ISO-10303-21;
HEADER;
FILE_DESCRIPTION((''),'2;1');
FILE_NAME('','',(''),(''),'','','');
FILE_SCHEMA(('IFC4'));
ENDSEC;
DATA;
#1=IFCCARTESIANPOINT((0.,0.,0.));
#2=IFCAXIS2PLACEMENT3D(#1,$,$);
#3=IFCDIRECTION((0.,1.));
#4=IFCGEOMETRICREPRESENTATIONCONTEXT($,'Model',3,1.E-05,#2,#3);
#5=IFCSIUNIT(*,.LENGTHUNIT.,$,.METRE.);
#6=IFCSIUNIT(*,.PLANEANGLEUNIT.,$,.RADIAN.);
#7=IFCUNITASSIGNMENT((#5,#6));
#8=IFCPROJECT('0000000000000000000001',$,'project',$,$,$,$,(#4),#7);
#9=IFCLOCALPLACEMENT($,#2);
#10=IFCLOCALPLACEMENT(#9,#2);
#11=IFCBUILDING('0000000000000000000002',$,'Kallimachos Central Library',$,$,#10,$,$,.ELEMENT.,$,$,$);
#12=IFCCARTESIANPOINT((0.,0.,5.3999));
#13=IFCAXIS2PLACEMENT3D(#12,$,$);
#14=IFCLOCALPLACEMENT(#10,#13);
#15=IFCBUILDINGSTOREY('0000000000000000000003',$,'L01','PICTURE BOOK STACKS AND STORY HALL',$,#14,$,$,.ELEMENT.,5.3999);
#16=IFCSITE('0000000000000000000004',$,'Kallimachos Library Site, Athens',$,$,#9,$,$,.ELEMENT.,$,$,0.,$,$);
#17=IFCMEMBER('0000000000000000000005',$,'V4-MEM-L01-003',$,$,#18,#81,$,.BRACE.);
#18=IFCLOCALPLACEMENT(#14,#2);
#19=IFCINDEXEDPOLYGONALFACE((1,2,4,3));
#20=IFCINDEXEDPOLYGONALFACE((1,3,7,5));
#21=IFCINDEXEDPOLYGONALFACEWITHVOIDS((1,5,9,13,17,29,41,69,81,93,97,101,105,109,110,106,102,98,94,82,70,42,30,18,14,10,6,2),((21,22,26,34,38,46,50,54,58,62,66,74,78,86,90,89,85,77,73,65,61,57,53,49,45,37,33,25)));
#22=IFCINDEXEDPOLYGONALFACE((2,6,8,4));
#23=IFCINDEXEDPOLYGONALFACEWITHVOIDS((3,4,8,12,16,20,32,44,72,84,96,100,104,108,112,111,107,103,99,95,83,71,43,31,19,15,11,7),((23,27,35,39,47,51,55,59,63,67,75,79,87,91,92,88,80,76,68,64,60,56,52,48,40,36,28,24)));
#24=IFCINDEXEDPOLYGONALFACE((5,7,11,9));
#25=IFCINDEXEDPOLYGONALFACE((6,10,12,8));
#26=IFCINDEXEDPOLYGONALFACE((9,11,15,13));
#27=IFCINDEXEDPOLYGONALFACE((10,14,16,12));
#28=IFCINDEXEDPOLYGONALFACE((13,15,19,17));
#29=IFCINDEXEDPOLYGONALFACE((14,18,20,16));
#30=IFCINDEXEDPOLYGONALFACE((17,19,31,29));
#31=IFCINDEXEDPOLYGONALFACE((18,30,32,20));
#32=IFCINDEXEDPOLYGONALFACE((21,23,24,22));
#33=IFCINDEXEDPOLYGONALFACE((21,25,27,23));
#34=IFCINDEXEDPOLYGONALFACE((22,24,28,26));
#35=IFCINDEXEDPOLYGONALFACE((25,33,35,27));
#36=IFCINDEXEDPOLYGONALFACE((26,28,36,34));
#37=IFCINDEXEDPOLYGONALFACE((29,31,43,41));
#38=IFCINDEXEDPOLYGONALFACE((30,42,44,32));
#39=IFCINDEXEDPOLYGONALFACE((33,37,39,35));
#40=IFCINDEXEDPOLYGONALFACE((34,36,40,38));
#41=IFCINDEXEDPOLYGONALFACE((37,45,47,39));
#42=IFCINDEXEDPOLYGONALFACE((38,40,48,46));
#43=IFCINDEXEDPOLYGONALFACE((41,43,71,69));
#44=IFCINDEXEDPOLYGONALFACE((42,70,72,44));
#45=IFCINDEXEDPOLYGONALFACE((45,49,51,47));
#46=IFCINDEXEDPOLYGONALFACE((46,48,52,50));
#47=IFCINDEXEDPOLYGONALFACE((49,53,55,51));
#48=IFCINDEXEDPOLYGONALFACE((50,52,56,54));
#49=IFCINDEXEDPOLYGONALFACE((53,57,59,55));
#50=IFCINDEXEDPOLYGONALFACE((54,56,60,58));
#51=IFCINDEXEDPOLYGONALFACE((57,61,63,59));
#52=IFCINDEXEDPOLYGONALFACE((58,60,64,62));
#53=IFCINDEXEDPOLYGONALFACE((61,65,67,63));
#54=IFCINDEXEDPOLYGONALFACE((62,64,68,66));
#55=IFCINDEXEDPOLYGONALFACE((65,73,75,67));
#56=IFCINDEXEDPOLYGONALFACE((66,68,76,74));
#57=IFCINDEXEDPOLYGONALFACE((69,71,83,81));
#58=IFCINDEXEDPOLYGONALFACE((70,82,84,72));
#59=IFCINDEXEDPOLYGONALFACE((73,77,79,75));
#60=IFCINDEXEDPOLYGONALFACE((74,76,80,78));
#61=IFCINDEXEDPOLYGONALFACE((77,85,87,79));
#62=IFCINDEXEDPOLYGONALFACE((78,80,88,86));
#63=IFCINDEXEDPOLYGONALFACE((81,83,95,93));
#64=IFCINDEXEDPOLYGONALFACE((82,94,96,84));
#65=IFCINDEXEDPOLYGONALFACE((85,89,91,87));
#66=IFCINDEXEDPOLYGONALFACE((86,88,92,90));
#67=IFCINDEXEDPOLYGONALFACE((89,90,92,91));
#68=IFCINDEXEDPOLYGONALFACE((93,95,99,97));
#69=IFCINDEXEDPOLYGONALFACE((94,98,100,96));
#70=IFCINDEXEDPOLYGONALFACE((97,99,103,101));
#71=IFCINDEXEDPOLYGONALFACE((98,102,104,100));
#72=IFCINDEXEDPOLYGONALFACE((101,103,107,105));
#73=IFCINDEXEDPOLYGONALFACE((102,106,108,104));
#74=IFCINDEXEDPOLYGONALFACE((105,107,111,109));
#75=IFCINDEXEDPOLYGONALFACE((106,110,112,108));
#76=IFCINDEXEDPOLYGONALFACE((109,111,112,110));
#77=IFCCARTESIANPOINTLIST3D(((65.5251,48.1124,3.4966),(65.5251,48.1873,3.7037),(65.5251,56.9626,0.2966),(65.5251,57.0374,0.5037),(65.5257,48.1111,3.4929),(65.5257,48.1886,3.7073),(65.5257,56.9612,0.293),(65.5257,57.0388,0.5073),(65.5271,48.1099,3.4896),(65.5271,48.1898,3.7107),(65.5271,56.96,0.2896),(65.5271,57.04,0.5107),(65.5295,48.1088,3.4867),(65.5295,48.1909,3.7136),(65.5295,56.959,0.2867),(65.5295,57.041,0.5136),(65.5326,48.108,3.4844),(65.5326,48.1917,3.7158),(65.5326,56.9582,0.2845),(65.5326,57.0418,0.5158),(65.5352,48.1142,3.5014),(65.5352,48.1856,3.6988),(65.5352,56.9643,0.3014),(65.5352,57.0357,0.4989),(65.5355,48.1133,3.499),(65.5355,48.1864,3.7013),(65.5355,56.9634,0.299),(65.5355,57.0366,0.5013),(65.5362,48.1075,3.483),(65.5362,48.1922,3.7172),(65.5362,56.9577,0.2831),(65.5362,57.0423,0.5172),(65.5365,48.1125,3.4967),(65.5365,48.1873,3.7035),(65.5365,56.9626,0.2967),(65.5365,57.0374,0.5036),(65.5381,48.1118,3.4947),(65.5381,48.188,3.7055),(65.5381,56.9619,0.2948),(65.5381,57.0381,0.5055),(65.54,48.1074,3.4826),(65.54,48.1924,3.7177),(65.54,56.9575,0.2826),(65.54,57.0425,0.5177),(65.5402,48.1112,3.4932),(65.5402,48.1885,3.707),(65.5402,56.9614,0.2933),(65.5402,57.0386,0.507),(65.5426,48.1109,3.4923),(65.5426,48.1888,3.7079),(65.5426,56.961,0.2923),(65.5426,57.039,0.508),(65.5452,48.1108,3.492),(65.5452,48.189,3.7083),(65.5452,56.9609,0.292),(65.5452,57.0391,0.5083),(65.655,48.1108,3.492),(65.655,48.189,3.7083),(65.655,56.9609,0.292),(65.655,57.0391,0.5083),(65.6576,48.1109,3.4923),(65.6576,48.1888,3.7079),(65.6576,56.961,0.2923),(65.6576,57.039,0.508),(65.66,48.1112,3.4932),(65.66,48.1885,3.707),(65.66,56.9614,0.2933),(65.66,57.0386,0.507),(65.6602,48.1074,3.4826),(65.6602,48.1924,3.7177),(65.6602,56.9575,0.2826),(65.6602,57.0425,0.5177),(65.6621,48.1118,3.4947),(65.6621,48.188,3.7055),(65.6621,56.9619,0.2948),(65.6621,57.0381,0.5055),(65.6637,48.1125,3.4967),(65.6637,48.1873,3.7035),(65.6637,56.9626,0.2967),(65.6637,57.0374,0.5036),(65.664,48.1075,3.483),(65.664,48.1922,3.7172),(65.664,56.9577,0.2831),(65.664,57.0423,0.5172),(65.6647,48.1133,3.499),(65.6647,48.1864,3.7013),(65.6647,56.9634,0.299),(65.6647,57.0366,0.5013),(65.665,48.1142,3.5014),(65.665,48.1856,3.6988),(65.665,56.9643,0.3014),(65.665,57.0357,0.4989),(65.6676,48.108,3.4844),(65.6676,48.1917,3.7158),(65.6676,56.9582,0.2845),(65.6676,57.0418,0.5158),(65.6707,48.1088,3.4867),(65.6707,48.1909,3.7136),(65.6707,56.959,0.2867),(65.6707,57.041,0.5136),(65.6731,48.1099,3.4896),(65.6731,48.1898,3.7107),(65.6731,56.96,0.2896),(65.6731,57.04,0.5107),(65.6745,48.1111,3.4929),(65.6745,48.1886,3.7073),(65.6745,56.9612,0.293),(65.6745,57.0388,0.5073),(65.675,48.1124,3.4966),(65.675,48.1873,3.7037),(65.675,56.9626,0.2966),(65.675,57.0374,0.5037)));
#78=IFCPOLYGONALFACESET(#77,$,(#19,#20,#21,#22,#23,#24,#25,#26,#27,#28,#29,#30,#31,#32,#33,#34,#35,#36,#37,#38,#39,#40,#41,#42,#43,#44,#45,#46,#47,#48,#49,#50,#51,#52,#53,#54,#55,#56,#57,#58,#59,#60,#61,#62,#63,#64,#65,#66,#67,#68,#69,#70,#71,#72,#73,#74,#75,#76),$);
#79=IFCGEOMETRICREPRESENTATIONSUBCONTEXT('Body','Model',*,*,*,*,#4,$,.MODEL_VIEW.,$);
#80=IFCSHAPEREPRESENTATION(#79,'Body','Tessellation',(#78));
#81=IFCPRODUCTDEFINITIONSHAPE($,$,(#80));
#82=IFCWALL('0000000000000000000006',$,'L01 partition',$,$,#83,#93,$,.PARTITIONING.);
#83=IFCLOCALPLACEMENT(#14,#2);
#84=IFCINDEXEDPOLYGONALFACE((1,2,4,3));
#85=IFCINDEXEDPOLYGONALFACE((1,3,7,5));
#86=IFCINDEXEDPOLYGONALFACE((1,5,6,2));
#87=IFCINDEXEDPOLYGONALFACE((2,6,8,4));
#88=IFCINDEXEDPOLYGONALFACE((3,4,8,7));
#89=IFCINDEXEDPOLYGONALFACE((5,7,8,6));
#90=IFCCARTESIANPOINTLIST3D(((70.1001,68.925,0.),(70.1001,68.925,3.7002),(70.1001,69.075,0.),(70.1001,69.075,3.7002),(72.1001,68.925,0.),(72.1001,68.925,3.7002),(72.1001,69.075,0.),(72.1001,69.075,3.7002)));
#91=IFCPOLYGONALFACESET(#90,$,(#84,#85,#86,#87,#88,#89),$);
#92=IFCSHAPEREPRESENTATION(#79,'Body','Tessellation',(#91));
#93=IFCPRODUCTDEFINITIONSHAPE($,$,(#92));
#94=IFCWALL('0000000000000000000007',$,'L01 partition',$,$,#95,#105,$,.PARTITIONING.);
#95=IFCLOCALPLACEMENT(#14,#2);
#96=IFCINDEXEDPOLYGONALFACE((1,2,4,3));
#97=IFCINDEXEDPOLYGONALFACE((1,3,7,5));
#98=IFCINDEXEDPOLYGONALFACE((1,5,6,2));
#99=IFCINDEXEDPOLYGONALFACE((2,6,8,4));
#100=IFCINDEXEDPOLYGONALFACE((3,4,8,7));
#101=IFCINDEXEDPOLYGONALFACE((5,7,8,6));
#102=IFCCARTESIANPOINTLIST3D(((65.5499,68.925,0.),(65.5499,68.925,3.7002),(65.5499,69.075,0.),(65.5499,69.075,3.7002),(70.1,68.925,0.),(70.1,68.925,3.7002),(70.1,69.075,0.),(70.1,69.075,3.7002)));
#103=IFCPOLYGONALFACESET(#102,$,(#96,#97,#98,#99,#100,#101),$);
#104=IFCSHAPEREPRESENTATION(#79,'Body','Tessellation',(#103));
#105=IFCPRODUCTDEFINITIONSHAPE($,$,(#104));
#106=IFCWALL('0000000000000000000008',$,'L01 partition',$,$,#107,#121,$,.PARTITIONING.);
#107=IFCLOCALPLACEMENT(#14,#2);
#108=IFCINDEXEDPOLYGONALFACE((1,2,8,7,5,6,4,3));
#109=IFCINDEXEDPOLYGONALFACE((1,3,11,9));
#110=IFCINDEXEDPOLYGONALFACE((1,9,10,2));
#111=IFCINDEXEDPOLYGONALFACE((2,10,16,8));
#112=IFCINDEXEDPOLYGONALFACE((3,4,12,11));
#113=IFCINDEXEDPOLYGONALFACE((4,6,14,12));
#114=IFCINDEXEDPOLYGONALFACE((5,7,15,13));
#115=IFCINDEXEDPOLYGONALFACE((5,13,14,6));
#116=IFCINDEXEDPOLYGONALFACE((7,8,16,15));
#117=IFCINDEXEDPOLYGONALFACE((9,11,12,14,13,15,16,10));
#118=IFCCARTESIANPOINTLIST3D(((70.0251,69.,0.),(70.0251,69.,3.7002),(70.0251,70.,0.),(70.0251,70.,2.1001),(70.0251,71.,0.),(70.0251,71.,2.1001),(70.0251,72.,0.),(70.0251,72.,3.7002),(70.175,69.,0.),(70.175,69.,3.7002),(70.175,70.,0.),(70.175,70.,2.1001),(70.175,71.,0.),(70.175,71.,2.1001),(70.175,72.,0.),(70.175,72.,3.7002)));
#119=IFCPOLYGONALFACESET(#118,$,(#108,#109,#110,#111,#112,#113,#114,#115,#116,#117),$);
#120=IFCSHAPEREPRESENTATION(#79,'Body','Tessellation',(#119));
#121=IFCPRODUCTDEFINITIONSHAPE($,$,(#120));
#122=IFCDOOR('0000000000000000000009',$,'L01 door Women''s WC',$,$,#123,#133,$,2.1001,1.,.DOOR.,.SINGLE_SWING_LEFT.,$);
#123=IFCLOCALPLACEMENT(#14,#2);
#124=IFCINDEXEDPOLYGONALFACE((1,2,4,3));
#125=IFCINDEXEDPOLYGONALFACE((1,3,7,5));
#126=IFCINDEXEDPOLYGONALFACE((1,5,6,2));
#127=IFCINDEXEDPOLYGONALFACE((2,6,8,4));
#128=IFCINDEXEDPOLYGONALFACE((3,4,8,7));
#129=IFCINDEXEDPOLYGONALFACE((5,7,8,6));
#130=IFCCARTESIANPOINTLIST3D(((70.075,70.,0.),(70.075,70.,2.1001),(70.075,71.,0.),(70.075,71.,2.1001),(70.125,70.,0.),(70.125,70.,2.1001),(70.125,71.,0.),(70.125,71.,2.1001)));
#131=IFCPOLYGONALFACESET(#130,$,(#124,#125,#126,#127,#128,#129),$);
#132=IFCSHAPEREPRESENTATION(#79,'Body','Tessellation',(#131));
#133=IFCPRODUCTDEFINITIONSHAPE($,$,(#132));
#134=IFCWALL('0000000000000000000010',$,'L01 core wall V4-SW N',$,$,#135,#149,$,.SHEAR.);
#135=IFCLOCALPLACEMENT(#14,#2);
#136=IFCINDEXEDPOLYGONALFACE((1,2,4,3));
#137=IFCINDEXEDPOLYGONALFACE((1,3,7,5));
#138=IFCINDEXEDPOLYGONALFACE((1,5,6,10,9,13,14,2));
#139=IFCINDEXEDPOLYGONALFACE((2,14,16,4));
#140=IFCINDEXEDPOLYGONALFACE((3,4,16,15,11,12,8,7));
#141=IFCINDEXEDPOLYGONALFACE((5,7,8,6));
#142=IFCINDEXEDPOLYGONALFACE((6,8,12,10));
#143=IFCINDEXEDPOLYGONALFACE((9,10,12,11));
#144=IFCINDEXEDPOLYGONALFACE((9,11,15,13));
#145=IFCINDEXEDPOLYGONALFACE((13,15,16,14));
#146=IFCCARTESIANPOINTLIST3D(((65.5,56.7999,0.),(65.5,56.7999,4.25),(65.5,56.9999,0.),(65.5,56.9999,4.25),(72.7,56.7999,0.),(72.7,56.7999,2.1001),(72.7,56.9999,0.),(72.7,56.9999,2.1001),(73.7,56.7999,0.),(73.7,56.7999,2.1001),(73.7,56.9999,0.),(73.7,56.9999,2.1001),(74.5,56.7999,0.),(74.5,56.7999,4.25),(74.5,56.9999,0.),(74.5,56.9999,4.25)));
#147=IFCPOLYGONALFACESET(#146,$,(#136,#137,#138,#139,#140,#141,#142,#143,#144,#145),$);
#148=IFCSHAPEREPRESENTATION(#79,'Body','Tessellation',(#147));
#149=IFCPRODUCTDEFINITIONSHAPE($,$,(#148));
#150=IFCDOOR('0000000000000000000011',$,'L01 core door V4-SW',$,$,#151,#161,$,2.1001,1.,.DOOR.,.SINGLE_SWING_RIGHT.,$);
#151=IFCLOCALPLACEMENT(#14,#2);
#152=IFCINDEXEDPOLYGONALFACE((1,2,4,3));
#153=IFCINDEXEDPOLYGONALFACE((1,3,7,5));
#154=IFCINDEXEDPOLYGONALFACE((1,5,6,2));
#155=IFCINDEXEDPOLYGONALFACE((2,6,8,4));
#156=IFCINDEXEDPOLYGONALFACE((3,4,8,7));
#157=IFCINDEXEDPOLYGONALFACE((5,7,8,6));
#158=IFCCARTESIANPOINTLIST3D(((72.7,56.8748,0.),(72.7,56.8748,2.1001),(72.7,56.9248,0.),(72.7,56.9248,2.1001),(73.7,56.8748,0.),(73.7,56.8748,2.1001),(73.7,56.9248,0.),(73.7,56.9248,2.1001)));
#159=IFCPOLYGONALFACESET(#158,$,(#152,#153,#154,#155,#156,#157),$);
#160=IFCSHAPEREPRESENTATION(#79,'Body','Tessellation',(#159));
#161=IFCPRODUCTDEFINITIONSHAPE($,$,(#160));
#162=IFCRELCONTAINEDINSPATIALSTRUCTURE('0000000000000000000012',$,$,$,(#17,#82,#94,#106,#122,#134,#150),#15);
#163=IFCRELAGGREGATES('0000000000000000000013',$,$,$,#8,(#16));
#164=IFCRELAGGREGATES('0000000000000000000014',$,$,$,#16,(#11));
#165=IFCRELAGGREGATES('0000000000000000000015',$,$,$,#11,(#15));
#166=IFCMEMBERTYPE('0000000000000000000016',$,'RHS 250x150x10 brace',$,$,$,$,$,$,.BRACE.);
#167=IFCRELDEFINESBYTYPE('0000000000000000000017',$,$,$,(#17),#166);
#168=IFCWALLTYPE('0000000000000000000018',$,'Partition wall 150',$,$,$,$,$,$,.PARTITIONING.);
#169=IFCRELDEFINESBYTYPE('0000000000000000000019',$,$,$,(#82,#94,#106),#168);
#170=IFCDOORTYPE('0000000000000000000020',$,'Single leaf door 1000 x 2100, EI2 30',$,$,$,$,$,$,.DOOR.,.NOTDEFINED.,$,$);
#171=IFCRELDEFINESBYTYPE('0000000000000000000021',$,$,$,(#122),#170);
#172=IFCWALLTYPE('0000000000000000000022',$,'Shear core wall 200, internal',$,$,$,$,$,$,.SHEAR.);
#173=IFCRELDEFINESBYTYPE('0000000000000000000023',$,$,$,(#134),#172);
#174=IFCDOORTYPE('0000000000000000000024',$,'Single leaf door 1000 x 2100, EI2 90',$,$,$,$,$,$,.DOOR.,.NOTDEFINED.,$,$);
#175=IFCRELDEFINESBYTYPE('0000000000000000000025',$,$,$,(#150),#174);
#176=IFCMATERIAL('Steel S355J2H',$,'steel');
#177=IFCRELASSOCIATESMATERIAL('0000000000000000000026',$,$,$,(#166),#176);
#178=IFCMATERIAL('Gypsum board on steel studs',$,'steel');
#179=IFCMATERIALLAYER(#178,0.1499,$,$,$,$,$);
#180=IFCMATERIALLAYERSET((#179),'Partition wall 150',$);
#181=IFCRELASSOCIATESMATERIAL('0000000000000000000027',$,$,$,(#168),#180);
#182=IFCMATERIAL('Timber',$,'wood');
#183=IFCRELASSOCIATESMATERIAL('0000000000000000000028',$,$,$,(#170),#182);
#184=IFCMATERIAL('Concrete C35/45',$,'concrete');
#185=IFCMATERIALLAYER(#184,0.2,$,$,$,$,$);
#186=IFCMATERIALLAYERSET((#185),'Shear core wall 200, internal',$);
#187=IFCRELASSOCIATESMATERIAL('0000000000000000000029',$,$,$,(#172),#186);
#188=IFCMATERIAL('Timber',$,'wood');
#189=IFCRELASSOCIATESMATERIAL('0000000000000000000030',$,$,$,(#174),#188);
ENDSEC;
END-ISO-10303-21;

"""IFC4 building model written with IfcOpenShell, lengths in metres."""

from ifc_helpers import new_model, si_unit, direction, frame, frame_2d, origin, origin_2d, place, context, subcontext, project, spatial, rectangle, hollow_rectangle, extrude, material, layer, layer_set, material_profile, profile_set, type_object, element, fill, save


model = new_model("IFC4")

# Units and contexts
model_context = context("Model", 3, precision=1e-05, world=origin(), true_north=direction((0.0, 1.0)))
body_context = subcontext(model_context, "Body", "Model", "MODEL_VIEW")
ifc_project = project(units=[si_unit("LENGTHUNIT", "METRE"), si_unit("PLANEANGLEUNIT", "RADIAN")], contexts=[model_context])

# Site, building, storey
site_placement = place(None, origin())
site = spatial("IfcSite", under=ifc_project, at=site_placement, Name="Kallimachos Library Site, Athens", CompositionType="ELEMENT", RefElevation=0.0)
building_placement = place(site_placement, origin())
building = spatial("IfcBuilding", under=site, at=building_placement, Name="Kallimachos Central Library", CompositionType="ELEMENT")
storey_placement = place(building_placement, frame((0.0, 0.0, 5.3999)))
storey = spatial("IfcBuildingStorey", under=building, at=storey_placement, Name="L01", Description="PICTURE BOOK STACKS AND STORY HALL", CompositionType="ELEMENT", Elevation=5.3999)

# Member
ifc_material_1 = material(Name="Steel S355J2H", Category="steel")
ifc_material_profile_1 = material_profile(ifc_material_1, hollow_rectangle(XDim=0.1499, YDim=0.25, WallThickness=0.01, InnerFilletRadius=0.01, OuterFilletRadius=0.0149, at=origin_2d()), Name="RHS 250x150x10")
ifc_profile_set_1 = profile_set([ifc_material_profile_1], Name="Steel S355J2H")
member_type = type_object("IfcMemberType", Name="RHS 250x150x10 brace", PredefinedType="BRACE", material=ifc_profile_set_1)
member_placement = place(storey_placement, frame((65.6001, 57.0, 0.4001), z_axis=(0.0, -0.940415, 0.340028), x_axis=(1.0, 0.0, 0.0)))
element("IfcMember", 1, at=member_placement, inside=storey, type_object=member_type, Name="V4-MEM-L01-003", PredefinedType="BRACE", context=body_context, shape_type="SweptSolid", body=[
    extrude(hollow_rectangle(XDim=0.1499, YDim=0.25, WallThickness=0.01, InnerFilletRadius=0.01, OuterFilletRadius=0.0149, at=origin_2d()), origin(), (0.0, 0.0, 1.0), 9.4109),
])

# Walls
ifc_material_2 = material(Name="Gypsum board on steel studs", Category="steel")
ifc_layer_1 = layer(ifc_material_2, 0.1499)
ifc_layer_set_1 = layer_set([ifc_layer_1], Name="Partition wall 150")
wall_type_1 = type_object("IfcWallType", Name="Partition wall 150", PredefinedType="PARTITIONING", material=ifc_layer_set_1)
wall_1_placement = place(storey_placement, frame((70.1001, 69.0, 0.0), z_axis=(0.0, 0.0, 1.0), x_axis=(1.0, 0.0, 0.0)))
element("IfcWall", 2, at=wall_1_placement, inside=storey, type_object=wall_type_1, Name="L01 partition", PredefinedType="PARTITIONING", context=body_context, shape_type="SweptSolid", body=[
    extrude(rectangle(XDim=2.0, YDim=0.1499, at=frame_2d((1.0, 0.0))), origin(), (0.0, 0.0, 1.0), 3.7002),
])
wall_2_placement = place(storey_placement, frame((65.55, 69.0, 0.0), z_axis=(0.0, 0.0, 1.0), x_axis=(1.0, 0.0, 0.0)))
element("IfcWall", 3, at=wall_2_placement, inside=storey, type_object=wall_type_1, Name="L01 partition", PredefinedType="PARTITIONING", context=body_context, shape_type="SweptSolid", body=[
    extrude(rectangle(XDim=4.55, YDim=0.1499, at=frame_2d((2.2749, 0.0))), origin(), (0.0, 0.0, 1.0), 3.7002),
])

# Walls, openings, doors
wall_3_placement = place(storey_placement, frame((70.1001, 69.0, 0.0), z_axis=(0.0, 0.0, 1.0), x_axis=(0.0, 1.0, 0.0)))
wall_3 = element("IfcWall", 4, at=wall_3_placement, inside=storey, type_object=wall_type_1, Name="L01 partition", PredefinedType="PARTITIONING", context=body_context, shape_type="SweptSolid", body=[
    extrude(rectangle(XDim=3.0, YDim=0.1499, at=frame_2d((1.5, 0.0))), origin(), (0.0, 0.0, 1.0), 3.7002),
])
opening_1_placement = place(wall_3_placement, frame((1.0, 0.0, 0.0)))
opening_1 = element("IfcOpeningElement", 5, at=opening_1_placement, cuts=wall_3, PredefinedType="OPENING", context=body_context, shape_type="SweptSolid", body=[
    extrude(rectangle(XDim=1.0, YDim=2.1001, at=frame_2d((0.5, 1.05))), frame((0.0, 0.085, 0.0), z_axis=(0.0, -1.0, 0.0), x_axis=(1.0, 0.0, 0.0)), (0.0, 0.0, 1.0), 0.1699),
])
ifc_material_3 = material(Name="Timber", Category="wood")
door_type_1 = type_object("IfcDoorType", Name="Single leaf door 1000 x 2100, EI2 30", OperationType="NOTDEFINED", PredefinedType="DOOR", material=ifc_material_3)
door_1_placement = place(opening_1_placement, frame((1.0, 0.0, 0.0), z_axis=(0.0, 0.0, 1.0), x_axis=(-1.0, 0.0, 0.0)))
door_1 = element("IfcDoor", 6, at=door_1_placement, inside=storey, type_object=door_type_1, Name="L01 door Women's WC", OperationType="SINGLE_SWING_LEFT", OverallHeight=2.1001, OverallWidth=1.0, PredefinedType="DOOR", context=body_context, shape_type="SweptSolid", body=[
    extrude(rectangle(XDim=1.0, YDim=2.1001, at=frame_2d((0.5, 1.05))), frame((0.0, 0.0249, 0.0), z_axis=(0.0, -1.0, 0.0), x_axis=(1.0, 0.0, 0.0)), (0.0, 0.0, 1.0), 0.05),
])
fill(opening_1, door_1)
ifc_material_4 = material(Name="Concrete C35/45", Category="concrete")
ifc_layer_2 = layer(ifc_material_4, 0.2)
ifc_layer_set_2 = layer_set([ifc_layer_2], Name="Shear core wall 200, internal")
wall_type_2 = type_object("IfcWallType", Name="Shear core wall 200, internal", PredefinedType="SHEAR", material=ifc_layer_set_2)
wall_4_placement = place(storey_placement, frame((65.5, 56.8999, 0.0), z_axis=(0.0, 0.0, 1.0), x_axis=(1.0, 0.0, 0.0)))
wall_4 = element("IfcWall", 7, at=wall_4_placement, inside=storey, type_object=wall_type_2, Name="L01 core wall V4-SW N", PredefinedType="SHEAR", context=body_context, shape_type="SweptSolid", body=[
    extrude(rectangle(XDim=9.0, YDim=0.2, at=frame_2d((4.5, 0.0))), origin(), (0.0, 0.0, 1.0), 4.25),
])
opening_2_placement = place(wall_4_placement, frame((7.2, 0.0, 0.0)))
opening_2 = element("IfcOpeningElement", 8, at=opening_2_placement, cuts=wall_4, PredefinedType="OPENING", context=body_context, shape_type="SweptSolid", body=[
    extrude(rectangle(XDim=1.0, YDim=2.1001, at=frame_2d((0.5, 1.05))), frame((0.0, 0.1099, 0.0), z_axis=(0.0, -1.0, 0.0), x_axis=(1.0, 0.0, 0.0)), (0.0, 0.0, 1.0), 0.22),
])
ifc_material_5 = material(Name="Timber", Category="wood")
door_type_2 = type_object("IfcDoorType", Name="Single leaf door 1000 x 2100, EI2 90", OperationType="NOTDEFINED", PredefinedType="DOOR", material=ifc_material_5)
door_2_placement = place(opening_2_placement, origin())
door_2 = element("IfcDoor", 9, at=door_2_placement, inside=storey, type_object=door_type_2, Name="L01 core door V4-SW", OperationType="SINGLE_SWING_RIGHT", OverallHeight=2.1001, OverallWidth=1.0, PredefinedType="DOOR", context=body_context, shape_type="SweptSolid", body=[
    extrude(rectangle(XDim=1.0, YDim=2.1001, at=frame_2d((0.5, 1.05))), frame((0.0, 0.0249, 0.0), z_axis=(0.0, -1.0, 0.0), x_axis=(1.0, 0.0, 0.0)), (0.0, 0.0, 1.0), 0.05),
])
fill(opening_2, door_2)

save(model, "model.ifc")
